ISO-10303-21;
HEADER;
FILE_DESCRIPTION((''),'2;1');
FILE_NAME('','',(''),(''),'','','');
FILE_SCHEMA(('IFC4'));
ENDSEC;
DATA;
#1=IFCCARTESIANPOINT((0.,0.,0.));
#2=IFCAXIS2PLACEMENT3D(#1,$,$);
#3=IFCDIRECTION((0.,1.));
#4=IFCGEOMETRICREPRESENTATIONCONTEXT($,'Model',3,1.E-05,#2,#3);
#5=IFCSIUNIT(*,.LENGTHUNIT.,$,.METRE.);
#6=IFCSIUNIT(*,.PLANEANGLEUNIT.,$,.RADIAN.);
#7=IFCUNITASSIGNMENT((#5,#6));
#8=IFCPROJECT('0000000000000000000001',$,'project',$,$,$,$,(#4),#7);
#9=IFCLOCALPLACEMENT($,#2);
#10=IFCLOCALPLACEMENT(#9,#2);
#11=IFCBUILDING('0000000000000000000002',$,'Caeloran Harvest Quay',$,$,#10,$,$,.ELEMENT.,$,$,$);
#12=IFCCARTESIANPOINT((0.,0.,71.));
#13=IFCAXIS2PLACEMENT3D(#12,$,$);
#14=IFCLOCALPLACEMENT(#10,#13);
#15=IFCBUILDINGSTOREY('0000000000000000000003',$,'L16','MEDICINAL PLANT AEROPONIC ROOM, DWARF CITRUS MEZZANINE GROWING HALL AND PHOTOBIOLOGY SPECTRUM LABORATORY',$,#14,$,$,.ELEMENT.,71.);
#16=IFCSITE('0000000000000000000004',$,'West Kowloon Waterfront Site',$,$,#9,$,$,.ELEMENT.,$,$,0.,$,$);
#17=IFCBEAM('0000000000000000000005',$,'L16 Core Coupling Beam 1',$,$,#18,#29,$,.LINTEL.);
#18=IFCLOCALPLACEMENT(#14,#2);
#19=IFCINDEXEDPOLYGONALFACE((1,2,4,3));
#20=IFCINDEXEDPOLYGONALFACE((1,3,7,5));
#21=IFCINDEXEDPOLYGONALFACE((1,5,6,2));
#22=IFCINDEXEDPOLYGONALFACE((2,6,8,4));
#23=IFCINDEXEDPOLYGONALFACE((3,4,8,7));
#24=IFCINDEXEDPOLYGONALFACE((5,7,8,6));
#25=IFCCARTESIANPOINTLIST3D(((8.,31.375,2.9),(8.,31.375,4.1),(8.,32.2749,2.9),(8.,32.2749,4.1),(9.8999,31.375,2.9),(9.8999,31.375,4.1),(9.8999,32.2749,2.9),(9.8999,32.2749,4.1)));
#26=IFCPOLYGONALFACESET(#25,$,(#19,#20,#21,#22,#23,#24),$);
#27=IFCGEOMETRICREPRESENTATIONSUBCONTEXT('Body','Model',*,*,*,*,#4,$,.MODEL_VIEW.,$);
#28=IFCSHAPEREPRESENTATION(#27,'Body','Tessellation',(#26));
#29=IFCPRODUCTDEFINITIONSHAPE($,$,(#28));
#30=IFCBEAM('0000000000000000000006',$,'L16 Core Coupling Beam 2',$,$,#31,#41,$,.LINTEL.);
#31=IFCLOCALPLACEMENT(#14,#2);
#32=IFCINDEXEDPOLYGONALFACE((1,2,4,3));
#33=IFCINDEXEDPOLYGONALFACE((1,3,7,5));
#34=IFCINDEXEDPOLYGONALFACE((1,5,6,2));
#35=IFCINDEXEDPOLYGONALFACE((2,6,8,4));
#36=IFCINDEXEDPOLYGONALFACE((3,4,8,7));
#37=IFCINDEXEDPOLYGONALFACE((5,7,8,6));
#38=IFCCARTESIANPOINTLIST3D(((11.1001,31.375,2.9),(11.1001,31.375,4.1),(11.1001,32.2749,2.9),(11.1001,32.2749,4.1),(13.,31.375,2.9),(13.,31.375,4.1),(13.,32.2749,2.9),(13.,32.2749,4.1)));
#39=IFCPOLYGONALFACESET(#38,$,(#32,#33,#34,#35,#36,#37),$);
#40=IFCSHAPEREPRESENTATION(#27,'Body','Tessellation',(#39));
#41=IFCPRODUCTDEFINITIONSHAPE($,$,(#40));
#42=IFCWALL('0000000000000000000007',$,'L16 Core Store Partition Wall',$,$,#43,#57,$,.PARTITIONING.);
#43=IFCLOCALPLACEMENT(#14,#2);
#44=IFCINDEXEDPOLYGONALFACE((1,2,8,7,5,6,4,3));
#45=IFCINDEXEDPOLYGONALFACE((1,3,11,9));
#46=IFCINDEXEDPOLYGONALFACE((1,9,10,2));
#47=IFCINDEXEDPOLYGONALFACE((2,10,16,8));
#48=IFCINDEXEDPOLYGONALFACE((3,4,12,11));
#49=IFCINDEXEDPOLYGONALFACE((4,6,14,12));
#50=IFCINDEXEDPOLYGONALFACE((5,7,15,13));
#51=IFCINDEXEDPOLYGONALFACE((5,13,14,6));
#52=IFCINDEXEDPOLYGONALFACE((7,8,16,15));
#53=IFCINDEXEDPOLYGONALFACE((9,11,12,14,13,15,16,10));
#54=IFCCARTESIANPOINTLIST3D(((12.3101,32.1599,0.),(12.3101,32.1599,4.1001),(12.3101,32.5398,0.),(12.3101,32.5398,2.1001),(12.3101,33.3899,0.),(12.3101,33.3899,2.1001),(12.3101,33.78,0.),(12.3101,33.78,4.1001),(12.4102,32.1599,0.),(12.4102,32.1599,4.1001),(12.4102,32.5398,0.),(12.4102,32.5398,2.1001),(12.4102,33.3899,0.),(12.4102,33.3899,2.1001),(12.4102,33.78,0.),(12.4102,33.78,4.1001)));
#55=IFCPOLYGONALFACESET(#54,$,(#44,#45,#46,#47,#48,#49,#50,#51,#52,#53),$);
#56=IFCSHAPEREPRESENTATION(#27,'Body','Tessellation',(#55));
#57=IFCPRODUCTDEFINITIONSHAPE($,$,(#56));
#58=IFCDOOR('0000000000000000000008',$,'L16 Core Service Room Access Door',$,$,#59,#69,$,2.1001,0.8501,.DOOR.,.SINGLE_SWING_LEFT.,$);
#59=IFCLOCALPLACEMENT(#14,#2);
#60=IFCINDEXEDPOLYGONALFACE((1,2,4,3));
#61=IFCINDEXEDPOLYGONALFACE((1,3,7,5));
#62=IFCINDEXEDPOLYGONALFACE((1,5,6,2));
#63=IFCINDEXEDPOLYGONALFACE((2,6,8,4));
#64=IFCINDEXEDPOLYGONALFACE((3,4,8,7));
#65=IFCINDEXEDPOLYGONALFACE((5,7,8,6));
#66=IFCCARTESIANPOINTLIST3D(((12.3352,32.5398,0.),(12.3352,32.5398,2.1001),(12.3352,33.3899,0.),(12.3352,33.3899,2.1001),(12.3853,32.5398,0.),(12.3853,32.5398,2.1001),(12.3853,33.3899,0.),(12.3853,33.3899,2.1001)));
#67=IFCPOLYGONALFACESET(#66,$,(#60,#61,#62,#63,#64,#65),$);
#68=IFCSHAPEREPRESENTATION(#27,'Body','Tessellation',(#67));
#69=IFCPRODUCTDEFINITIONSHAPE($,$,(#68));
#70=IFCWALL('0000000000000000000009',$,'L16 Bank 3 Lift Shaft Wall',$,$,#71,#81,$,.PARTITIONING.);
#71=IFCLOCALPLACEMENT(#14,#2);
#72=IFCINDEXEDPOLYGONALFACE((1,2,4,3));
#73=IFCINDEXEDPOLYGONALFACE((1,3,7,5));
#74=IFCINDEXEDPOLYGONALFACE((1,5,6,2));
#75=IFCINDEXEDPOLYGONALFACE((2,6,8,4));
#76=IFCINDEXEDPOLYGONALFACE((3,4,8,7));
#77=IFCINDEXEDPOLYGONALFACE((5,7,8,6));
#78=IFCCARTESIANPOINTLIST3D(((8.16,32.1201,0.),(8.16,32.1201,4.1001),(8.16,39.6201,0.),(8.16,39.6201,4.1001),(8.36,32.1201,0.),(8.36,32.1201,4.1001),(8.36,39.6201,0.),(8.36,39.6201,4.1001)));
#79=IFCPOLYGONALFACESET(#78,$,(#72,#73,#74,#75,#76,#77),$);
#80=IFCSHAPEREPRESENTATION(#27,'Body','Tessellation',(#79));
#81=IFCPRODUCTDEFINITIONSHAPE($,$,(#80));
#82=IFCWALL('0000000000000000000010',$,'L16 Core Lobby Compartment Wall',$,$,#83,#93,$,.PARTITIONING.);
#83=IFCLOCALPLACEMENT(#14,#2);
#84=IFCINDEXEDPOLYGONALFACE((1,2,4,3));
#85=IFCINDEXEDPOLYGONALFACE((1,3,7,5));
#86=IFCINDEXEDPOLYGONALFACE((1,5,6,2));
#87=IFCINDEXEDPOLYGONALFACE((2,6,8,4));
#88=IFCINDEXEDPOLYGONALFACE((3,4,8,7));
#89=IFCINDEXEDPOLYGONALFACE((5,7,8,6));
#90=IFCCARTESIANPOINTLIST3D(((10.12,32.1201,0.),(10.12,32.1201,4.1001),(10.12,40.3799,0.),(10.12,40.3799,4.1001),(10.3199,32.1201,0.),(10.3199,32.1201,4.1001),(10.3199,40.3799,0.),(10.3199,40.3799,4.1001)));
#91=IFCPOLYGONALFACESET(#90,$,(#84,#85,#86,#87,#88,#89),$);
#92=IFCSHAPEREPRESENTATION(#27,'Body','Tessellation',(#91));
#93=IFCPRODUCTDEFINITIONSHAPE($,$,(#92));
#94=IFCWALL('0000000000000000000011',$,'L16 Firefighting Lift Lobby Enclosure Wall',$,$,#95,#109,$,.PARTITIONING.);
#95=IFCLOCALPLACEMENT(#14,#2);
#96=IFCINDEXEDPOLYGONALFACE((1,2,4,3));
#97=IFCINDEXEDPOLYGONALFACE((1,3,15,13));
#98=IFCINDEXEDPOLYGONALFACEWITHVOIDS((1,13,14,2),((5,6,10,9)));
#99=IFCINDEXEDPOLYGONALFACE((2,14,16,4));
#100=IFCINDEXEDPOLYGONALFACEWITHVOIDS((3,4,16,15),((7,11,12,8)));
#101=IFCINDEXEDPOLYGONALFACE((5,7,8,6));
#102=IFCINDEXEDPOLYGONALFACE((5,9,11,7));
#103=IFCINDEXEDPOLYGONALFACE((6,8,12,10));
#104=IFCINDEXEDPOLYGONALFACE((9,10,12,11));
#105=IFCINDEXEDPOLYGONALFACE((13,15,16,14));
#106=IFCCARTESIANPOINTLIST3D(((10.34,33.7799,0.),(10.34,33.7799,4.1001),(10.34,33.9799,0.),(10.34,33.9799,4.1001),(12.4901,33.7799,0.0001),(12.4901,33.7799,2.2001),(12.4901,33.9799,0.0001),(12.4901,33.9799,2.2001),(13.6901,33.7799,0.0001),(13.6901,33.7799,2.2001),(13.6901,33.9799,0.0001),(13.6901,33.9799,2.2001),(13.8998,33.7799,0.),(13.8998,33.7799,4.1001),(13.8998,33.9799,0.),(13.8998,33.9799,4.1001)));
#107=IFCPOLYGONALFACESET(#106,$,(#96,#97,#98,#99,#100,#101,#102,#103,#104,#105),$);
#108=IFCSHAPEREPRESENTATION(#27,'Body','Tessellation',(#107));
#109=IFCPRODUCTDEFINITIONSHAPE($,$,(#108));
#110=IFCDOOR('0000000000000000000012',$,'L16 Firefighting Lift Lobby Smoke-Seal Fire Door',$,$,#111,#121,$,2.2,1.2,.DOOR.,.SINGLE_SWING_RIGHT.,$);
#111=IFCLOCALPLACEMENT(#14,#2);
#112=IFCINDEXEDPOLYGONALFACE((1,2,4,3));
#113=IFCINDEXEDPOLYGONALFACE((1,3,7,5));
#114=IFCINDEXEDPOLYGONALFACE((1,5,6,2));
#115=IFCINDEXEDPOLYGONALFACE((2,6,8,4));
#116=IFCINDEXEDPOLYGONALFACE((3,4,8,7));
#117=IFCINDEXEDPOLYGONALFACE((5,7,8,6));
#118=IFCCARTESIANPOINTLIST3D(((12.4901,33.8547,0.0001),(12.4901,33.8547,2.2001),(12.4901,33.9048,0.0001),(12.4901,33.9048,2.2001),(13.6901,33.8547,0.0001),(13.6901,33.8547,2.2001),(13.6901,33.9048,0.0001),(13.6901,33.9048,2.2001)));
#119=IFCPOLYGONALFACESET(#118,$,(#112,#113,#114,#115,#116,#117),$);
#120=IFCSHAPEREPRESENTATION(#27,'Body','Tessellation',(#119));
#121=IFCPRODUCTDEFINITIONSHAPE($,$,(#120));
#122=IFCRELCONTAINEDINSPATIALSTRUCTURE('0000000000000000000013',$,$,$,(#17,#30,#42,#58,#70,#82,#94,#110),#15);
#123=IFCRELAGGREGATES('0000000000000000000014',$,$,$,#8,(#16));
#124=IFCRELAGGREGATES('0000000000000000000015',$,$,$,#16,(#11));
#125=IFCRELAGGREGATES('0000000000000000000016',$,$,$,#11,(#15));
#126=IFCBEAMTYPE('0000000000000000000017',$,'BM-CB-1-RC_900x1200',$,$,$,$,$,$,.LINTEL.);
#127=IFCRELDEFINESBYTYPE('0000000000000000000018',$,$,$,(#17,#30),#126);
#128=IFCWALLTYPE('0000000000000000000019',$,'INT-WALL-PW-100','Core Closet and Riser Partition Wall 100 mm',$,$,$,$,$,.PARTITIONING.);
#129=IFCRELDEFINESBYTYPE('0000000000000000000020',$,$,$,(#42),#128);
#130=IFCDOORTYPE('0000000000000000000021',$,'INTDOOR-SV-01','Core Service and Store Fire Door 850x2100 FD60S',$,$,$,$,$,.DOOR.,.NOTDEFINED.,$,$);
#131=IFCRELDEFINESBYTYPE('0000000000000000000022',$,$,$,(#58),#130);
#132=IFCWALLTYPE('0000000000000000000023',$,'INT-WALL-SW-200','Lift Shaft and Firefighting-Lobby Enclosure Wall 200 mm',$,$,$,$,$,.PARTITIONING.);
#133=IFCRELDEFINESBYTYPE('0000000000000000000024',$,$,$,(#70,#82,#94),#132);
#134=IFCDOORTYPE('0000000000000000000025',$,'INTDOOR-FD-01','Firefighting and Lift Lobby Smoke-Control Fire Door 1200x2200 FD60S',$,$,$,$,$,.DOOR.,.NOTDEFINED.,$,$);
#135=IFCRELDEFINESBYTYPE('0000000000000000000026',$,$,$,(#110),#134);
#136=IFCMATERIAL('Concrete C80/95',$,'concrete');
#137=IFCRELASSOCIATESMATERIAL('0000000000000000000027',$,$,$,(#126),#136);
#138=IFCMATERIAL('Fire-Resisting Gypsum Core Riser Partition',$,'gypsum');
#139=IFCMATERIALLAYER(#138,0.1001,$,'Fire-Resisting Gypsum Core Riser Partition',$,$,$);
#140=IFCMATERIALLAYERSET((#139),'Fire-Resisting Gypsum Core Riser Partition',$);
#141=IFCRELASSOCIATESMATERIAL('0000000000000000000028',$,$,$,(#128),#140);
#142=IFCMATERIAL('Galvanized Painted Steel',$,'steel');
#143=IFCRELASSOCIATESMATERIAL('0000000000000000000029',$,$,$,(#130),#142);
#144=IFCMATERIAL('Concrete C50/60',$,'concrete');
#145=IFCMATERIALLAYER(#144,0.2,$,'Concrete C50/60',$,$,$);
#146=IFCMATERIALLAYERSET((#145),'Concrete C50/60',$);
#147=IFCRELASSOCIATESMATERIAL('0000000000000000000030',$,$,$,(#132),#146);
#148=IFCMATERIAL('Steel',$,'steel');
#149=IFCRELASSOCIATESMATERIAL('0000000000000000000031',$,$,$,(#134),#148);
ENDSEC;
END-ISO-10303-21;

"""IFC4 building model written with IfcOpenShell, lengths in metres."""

from ifc_helpers import new_model, si_unit, direction, frame, frame_2d, origin, origin_2d, place, context, subcontext, project, spatial, rectangle, extrude, material, layer, layer_set, material_profile, profile_set, type_object, element, fill, save


model = new_model("IFC4")

# Units and contexts
model_context = context("Model", 3, precision=1e-05, world=origin(), true_north=direction((0.0, 1.0)))
body_context = subcontext(model_context, "Body", "Model", "MODEL_VIEW")
ifc_project = project(units=[si_unit("LENGTHUNIT", "METRE"), si_unit("PLANEANGLEUNIT", "RADIAN")], contexts=[model_context])

# Site, building, storey
site_placement = place(None, origin())
site = spatial("IfcSite", under=ifc_project, at=site_placement, Name="West Kowloon Waterfront Site", CompositionType="ELEMENT", RefElevation=0.0)
building_placement = place(site_placement, origin())
building = spatial("IfcBuilding", under=site, at=building_placement, Name="Caeloran Harvest Quay", CompositionType="ELEMENT")
storey_placement = place(building_placement, frame((0.0, 0.0, 71.0)))
storey = spatial("IfcBuildingStorey", under=building, at=storey_placement, Name="L16", Description="MEDICINAL PLANT AEROPONIC ROOM, DWARF CITRUS MEZZANINE GROWING HALL AND PHOTOBIOLOGY SPECTRUM LABORATORY", CompositionType="ELEMENT", Elevation=71.0)

# Beams
ifc_material_1 = material(Name="Concrete C80/95", Category="concrete")
ifc_material_profile = material_profile(ifc_material_1, rectangle(XDim=0.8999, YDim=1.2, at=origin_2d()), Name="RC 900x1200")
ifc_profile_set = profile_set([ifc_material_profile], Name="Concrete C80/95")
beam_type = type_object("IfcBeamType", Name="BM-CB-1-RC_900x1200", PredefinedType="LINTEL", material=ifc_profile_set)
for number, where, z_axis, x_axis, name in (
    (1, (8.0, 31.825, 3.5), (1.0, 0.0, 0.0), (0.0, 1.0, 0.0), "L16 Core Coupling Beam 1"),
    (2, (11.1001, 31.825, 3.5), (1.0, 0.0, 0.0), (0.0, 1.0, 0.0), "L16 Core Coupling Beam 2"),
):
    element("IfcBeam", number, at=place(storey_placement, frame(where, z_axis=z_axis, x_axis=x_axis)), inside=storey, type_object=beam_type, Name=name, PredefinedType="LINTEL", context=body_context, shape_type="SweptSolid", body=[
        extrude(rectangle(XDim=0.8999, YDim=1.2, at=origin_2d()), origin(), (0.0, 0.0, 1.0), 1.8999),
    ])

# Wall, opening, door
ifc_material_2 = material(Name="Fire-Resisting Gypsum Core Riser Partition", Category="gypsum")
ifc_layer_1 = layer(ifc_material_2, 0.1001, Name="Fire-Resisting Gypsum Core Riser Partition")
ifc_layer_set_1 = layer_set([ifc_layer_1], Name="Fire-Resisting Gypsum Core Riser Partition")
wall_type_1 = type_object("IfcWallType", Name="INT-WALL-PW-100", Description="Core Closet and Riser Partition Wall 100 mm", PredefinedType="PARTITIONING", material=ifc_layer_set_1)
wall_1_placement = place(storey_placement, frame((12.3601, 32.1599, 0.0), z_axis=(0.0, 0.0, 1.0), x_axis=(0.0, 1.0, 0.0)))
wall_1 = element("IfcWall", 3, at=wall_1_placement, inside=storey, type_object=wall_type_1, Name="L16 Core Store Partition Wall", PredefinedType="PARTITIONING", context=body_context, shape_type="SweptSolid", body=[
    extrude(rectangle(XDim=1.6201, YDim=0.1001, at=frame_2d((0.8101, 0.0))), origin(), (0.0, 0.0, 1.0), 4.1001),
])
opening_1_placement = place(wall_1_placement, frame((0.3799, 0.0, 0.0)))
opening_1 = element("IfcOpeningElement", 4, at=opening_1_placement, cuts=wall_1, PredefinedType="OPENING", context=body_context, shape_type="SweptSolid", body=[
    extrude(rectangle(XDim=0.8501, YDim=2.1001, at=frame_2d((0.425, 1.05))), frame((0.0, 0.0601, 0.0), z_axis=(0.0, -1.0, 0.0), x_axis=(1.0, 0.0, 0.0)), (0.0, 0.0, 1.0), 0.1201),
])
ifc_material_3 = material(Name="Galvanized Painted Steel", Category="steel")
door_type_1 = type_object("IfcDoorType", Name="INTDOOR-SV-01", Description="Core Service and Store Fire Door 850x2100 FD60S", OperationType="NOTDEFINED", PredefinedType="DOOR", material=ifc_material_3)
door_1_placement = place(opening_1_placement, origin())
door_1 = element("IfcDoor", 5, at=door_1_placement, inside=storey, type_object=door_type_1, Name="L16 Core Service Room Access Door", OperationType="SINGLE_SWING_LEFT", OverallHeight=2.1001, OverallWidth=0.8501, PredefinedType="DOOR", context=body_context, shape_type="SweptSolid", body=[
    extrude(rectangle(XDim=0.8501, YDim=2.1001, at=frame_2d((0.425, 1.05))), frame((0.0, 0.0249, 0.0), z_axis=(0.0, -1.0, 0.0), x_axis=(1.0, 0.0, 0.0)), (0.0, 0.0, 1.0), 0.05),
])
fill(opening_1, door_1)

# Walls
ifc_material_4 = material(Name="Concrete C50/60", Category="concrete")
ifc_layer_2 = layer(ifc_material_4, 0.2, Name="Concrete C50/60")
ifc_layer_set_2 = layer_set([ifc_layer_2], Name="Concrete C50/60")
wall_type_2 = type_object("IfcWallType", Name="INT-WALL-SW-200", Description="Lift Shaft and Firefighting-Lobby Enclosure Wall 200 mm", PredefinedType="PARTITIONING", material=ifc_layer_set_2)
wall_2_placement = place(storey_placement, frame((8.26, 32.1201, 0.0), z_axis=(0.0, 0.0, 1.0), x_axis=(0.0, 1.0, 0.0)))
element("IfcWall", 6, at=wall_2_placement, inside=storey, type_object=wall_type_2, Name="L16 Bank 3 Lift Shaft Wall", PredefinedType="PARTITIONING", context=body_context, shape_type="SweptSolid", body=[
    extrude(rectangle(XDim=7.5, YDim=0.2, at=frame_2d((3.75, 0.0))), origin(), (0.0, 0.0, 1.0), 4.1001),
])
wall_3_placement = place(storey_placement, frame((10.22, 32.1201, 0.0), z_axis=(0.0, 0.0, 1.0), x_axis=(0.0, 1.0, 0.0)))
element("IfcWall", 7, at=wall_3_placement, inside=storey, type_object=wall_type_2, Name="L16 Core Lobby Compartment Wall", PredefinedType="PARTITIONING", context=body_context, shape_type="SweptSolid", body=[
    extrude(rectangle(XDim=8.2598, YDim=0.2, at=frame_2d((4.1299, 0.0))), origin(), (0.0, 0.0, 1.0), 4.1001),
])

# Wall, opening, door
wall_4_placement = place(storey_placement, frame((10.3401, 33.8799, 0.0), z_axis=(0.0, 0.0, 1.0), x_axis=(1.0, 0.0, 0.0)))
wall_4 = element("IfcWall", 8, at=wall_4_placement, inside=storey, type_object=wall_type_2, Name="L16 Firefighting Lift Lobby Enclosure Wall", PredefinedType="PARTITIONING", context=body_context, shape_type="SweptSolid", body=[
    extrude(rectangle(XDim=3.5598, YDim=0.2, at=frame_2d((1.7798, 0.0))), origin(), (0.0, 0.0, 1.0), 4.1001),
])
opening_2_placement = place(wall_4_placement, frame((2.1499, 0.0, 0.0)))
opening_2 = element("IfcOpeningElement", 9, at=opening_2_placement, cuts=wall_4, PredefinedType="OPENING", context=body_context, shape_type="SweptSolid", body=[
    extrude(rectangle(XDim=1.2, YDim=2.2, at=frame_2d((0.6001, 1.1001))), frame((0.0, 0.1099, 0.0), z_axis=(0.0, -1.0, 0.0), x_axis=(1.0, 0.0, 0.0)), (0.0, 0.0, 1.0), 0.22),
])
ifc_material_5 = material(Name="Steel", Category="steel")
door_type_2 = type_object("IfcDoorType", Name="INTDOOR-FD-01", Description="Firefighting and Lift Lobby Smoke-Control Fire Door 1200x2200 FD60S", OperationType="NOTDEFINED", PredefinedType="DOOR", material=ifc_material_5)
door_2_placement = place(opening_2_placement, origin())
door_2 = element("IfcDoor", 10, at=door_2_placement, inside=storey, type_object=door_type_2, Name="L16 Firefighting Lift Lobby Smoke-Seal Fire Door", OperationType="SINGLE_SWING_RIGHT", OverallHeight=2.2, OverallWidth=1.2, PredefinedType="DOOR", context=body_context, shape_type="SweptSolid", body=[
    extrude(rectangle(XDim=1.2, YDim=2.2, at=frame_2d((0.6001, 1.1001))), frame((0.0, 0.0249, 0.0), z_axis=(0.0, -1.0, 0.0), x_axis=(1.0, 0.0, 0.0)), (0.0, 0.0, 1.0), 0.05),
])
fill(opening_2, door_2)

save(model, "model.ifc")
